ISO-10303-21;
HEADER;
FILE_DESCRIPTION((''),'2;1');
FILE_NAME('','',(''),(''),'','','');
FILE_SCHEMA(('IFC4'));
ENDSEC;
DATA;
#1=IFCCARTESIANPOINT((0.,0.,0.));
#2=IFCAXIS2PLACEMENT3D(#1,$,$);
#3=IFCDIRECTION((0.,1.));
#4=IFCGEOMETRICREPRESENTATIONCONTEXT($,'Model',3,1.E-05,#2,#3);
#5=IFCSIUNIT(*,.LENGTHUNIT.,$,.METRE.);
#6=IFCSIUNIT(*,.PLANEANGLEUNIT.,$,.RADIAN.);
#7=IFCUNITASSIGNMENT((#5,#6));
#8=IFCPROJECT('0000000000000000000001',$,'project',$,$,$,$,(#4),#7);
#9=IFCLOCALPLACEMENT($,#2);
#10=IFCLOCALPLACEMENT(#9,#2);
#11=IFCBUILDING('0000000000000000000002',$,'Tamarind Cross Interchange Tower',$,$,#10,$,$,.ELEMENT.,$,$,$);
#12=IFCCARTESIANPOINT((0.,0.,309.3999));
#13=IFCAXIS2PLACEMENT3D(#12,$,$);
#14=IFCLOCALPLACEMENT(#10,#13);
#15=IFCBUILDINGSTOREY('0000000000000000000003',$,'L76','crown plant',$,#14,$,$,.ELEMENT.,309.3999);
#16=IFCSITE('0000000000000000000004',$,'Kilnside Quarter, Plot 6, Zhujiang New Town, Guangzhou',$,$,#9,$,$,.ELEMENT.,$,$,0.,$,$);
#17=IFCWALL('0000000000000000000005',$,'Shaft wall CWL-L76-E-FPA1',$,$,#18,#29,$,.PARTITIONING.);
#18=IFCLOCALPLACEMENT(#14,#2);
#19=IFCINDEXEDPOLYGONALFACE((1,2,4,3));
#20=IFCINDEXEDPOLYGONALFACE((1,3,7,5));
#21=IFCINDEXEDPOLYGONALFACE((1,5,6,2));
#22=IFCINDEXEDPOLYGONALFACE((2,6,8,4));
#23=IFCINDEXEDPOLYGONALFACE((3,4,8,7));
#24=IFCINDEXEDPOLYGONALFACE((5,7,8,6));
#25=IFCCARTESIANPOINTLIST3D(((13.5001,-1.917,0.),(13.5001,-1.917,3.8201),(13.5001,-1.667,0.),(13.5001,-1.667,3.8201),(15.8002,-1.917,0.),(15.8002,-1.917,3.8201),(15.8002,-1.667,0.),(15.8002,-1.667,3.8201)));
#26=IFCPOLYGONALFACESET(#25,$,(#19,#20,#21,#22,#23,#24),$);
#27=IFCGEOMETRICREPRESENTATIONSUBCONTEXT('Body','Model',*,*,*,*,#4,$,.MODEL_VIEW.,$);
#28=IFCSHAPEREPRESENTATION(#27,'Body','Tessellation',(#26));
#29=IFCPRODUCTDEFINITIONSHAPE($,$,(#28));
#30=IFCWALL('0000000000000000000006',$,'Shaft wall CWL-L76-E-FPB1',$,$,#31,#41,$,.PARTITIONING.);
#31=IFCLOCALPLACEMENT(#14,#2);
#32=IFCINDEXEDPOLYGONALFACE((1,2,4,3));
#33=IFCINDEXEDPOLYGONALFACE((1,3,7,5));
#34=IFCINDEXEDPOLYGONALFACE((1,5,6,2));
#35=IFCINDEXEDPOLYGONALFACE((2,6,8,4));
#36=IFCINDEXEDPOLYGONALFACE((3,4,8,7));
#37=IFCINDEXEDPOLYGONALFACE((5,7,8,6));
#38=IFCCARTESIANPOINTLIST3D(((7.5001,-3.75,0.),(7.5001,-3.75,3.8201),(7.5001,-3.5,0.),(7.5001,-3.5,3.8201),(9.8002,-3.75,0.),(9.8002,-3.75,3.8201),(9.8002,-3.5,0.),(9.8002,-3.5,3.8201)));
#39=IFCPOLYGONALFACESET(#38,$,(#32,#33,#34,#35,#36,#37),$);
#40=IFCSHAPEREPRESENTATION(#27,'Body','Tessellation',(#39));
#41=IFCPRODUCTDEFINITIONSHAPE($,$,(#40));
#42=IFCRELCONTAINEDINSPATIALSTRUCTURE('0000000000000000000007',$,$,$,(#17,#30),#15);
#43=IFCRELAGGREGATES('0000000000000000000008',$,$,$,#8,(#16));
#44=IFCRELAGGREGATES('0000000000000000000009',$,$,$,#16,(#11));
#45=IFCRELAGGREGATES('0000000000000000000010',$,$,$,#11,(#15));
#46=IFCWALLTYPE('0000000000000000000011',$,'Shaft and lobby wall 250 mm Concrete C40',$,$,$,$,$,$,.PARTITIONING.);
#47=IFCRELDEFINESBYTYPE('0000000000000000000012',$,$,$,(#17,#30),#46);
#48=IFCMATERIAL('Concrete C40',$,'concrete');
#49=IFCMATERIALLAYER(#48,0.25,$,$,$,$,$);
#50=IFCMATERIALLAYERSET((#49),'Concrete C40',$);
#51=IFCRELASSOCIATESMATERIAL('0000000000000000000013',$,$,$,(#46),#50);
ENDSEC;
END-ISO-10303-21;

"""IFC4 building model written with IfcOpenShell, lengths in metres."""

from ifc_helpers import new_model, si_unit, direction, frame, frame_2d, origin, place, context, subcontext, project, spatial, rectangle, extrude, material, layer, layer_set, type_object, element, save


model = new_model("IFC4")

# Units and contexts
model_context = context("Model", 3, precision=1e-05, world=origin(), true_north=direction((0.0, 1.0)))
body_context = subcontext(model_context, "Body", "Model", "MODEL_VIEW")
ifc_project = project(units=[si_unit("LENGTHUNIT", "METRE"), si_unit("PLANEANGLEUNIT", "RADIAN")], contexts=[model_context])

# Site, building, storey
site_placement = place(None, origin())
site = spatial("IfcSite", under=ifc_project, at=site_placement, Name="Kilnside Quarter, Plot 6, Zhujiang New Town, Guangzhou", CompositionType="ELEMENT", RefElevation=0.0)
building_placement = place(site_placement, origin())
building = spatial("IfcBuilding", under=site, at=building_placement, Name="Tamarind Cross Interchange Tower", CompositionType="ELEMENT")
storey_placement = place(building_placement, frame((0.0, 0.0, 309.3999)))
storey = spatial("IfcBuildingStorey", under=building, at=storey_placement, Name="L76", Description="crown plant", CompositionType="ELEMENT", Elevation=309.3999)

# Walls
ifc_material_1 = material(Name="Concrete C40", Category="concrete")
ifc_layer_1 = layer(ifc_material_1, 0.25)
ifc_layer_set_1 = layer_set([ifc_layer_1], Name="Concrete C40")
wall_type_1 = type_object("IfcWallType", Name="Shaft and lobby wall 250 mm Concrete C40", PredefinedType="PARTITIONING", material=ifc_layer_set_1)
for number, where, z_axis, x_axis, name in (
    (1, (15.8, -1.792, 0.0), (0.0, 0.0, 1.0), (-1.0, 0.0, 0.0), "Shaft wall CWL-L76-E-FPA1"),
    (2, (9.8, -3.625, 0.0), (0.0, 0.0, 1.0), (-1.0, 0.0, 0.0), "Shaft wall CWL-L76-E-FPB1"),
):
    element("IfcWall", number, at=place(storey_placement, frame(where, z_axis=z_axis, x_axis=x_axis)), inside=storey, type_object=wall_type_1, Name=name, PredefinedType="PARTITIONING", context=body_context, shape_type="SweptSolid", body=[
        extrude(rectangle(XDim=2.3, YDim=0.25, at=frame_2d((1.1499, 0.0))), origin(), (0.0, 0.0, 1.0), 3.8201),
    ])

save(model, "model.ifc")
